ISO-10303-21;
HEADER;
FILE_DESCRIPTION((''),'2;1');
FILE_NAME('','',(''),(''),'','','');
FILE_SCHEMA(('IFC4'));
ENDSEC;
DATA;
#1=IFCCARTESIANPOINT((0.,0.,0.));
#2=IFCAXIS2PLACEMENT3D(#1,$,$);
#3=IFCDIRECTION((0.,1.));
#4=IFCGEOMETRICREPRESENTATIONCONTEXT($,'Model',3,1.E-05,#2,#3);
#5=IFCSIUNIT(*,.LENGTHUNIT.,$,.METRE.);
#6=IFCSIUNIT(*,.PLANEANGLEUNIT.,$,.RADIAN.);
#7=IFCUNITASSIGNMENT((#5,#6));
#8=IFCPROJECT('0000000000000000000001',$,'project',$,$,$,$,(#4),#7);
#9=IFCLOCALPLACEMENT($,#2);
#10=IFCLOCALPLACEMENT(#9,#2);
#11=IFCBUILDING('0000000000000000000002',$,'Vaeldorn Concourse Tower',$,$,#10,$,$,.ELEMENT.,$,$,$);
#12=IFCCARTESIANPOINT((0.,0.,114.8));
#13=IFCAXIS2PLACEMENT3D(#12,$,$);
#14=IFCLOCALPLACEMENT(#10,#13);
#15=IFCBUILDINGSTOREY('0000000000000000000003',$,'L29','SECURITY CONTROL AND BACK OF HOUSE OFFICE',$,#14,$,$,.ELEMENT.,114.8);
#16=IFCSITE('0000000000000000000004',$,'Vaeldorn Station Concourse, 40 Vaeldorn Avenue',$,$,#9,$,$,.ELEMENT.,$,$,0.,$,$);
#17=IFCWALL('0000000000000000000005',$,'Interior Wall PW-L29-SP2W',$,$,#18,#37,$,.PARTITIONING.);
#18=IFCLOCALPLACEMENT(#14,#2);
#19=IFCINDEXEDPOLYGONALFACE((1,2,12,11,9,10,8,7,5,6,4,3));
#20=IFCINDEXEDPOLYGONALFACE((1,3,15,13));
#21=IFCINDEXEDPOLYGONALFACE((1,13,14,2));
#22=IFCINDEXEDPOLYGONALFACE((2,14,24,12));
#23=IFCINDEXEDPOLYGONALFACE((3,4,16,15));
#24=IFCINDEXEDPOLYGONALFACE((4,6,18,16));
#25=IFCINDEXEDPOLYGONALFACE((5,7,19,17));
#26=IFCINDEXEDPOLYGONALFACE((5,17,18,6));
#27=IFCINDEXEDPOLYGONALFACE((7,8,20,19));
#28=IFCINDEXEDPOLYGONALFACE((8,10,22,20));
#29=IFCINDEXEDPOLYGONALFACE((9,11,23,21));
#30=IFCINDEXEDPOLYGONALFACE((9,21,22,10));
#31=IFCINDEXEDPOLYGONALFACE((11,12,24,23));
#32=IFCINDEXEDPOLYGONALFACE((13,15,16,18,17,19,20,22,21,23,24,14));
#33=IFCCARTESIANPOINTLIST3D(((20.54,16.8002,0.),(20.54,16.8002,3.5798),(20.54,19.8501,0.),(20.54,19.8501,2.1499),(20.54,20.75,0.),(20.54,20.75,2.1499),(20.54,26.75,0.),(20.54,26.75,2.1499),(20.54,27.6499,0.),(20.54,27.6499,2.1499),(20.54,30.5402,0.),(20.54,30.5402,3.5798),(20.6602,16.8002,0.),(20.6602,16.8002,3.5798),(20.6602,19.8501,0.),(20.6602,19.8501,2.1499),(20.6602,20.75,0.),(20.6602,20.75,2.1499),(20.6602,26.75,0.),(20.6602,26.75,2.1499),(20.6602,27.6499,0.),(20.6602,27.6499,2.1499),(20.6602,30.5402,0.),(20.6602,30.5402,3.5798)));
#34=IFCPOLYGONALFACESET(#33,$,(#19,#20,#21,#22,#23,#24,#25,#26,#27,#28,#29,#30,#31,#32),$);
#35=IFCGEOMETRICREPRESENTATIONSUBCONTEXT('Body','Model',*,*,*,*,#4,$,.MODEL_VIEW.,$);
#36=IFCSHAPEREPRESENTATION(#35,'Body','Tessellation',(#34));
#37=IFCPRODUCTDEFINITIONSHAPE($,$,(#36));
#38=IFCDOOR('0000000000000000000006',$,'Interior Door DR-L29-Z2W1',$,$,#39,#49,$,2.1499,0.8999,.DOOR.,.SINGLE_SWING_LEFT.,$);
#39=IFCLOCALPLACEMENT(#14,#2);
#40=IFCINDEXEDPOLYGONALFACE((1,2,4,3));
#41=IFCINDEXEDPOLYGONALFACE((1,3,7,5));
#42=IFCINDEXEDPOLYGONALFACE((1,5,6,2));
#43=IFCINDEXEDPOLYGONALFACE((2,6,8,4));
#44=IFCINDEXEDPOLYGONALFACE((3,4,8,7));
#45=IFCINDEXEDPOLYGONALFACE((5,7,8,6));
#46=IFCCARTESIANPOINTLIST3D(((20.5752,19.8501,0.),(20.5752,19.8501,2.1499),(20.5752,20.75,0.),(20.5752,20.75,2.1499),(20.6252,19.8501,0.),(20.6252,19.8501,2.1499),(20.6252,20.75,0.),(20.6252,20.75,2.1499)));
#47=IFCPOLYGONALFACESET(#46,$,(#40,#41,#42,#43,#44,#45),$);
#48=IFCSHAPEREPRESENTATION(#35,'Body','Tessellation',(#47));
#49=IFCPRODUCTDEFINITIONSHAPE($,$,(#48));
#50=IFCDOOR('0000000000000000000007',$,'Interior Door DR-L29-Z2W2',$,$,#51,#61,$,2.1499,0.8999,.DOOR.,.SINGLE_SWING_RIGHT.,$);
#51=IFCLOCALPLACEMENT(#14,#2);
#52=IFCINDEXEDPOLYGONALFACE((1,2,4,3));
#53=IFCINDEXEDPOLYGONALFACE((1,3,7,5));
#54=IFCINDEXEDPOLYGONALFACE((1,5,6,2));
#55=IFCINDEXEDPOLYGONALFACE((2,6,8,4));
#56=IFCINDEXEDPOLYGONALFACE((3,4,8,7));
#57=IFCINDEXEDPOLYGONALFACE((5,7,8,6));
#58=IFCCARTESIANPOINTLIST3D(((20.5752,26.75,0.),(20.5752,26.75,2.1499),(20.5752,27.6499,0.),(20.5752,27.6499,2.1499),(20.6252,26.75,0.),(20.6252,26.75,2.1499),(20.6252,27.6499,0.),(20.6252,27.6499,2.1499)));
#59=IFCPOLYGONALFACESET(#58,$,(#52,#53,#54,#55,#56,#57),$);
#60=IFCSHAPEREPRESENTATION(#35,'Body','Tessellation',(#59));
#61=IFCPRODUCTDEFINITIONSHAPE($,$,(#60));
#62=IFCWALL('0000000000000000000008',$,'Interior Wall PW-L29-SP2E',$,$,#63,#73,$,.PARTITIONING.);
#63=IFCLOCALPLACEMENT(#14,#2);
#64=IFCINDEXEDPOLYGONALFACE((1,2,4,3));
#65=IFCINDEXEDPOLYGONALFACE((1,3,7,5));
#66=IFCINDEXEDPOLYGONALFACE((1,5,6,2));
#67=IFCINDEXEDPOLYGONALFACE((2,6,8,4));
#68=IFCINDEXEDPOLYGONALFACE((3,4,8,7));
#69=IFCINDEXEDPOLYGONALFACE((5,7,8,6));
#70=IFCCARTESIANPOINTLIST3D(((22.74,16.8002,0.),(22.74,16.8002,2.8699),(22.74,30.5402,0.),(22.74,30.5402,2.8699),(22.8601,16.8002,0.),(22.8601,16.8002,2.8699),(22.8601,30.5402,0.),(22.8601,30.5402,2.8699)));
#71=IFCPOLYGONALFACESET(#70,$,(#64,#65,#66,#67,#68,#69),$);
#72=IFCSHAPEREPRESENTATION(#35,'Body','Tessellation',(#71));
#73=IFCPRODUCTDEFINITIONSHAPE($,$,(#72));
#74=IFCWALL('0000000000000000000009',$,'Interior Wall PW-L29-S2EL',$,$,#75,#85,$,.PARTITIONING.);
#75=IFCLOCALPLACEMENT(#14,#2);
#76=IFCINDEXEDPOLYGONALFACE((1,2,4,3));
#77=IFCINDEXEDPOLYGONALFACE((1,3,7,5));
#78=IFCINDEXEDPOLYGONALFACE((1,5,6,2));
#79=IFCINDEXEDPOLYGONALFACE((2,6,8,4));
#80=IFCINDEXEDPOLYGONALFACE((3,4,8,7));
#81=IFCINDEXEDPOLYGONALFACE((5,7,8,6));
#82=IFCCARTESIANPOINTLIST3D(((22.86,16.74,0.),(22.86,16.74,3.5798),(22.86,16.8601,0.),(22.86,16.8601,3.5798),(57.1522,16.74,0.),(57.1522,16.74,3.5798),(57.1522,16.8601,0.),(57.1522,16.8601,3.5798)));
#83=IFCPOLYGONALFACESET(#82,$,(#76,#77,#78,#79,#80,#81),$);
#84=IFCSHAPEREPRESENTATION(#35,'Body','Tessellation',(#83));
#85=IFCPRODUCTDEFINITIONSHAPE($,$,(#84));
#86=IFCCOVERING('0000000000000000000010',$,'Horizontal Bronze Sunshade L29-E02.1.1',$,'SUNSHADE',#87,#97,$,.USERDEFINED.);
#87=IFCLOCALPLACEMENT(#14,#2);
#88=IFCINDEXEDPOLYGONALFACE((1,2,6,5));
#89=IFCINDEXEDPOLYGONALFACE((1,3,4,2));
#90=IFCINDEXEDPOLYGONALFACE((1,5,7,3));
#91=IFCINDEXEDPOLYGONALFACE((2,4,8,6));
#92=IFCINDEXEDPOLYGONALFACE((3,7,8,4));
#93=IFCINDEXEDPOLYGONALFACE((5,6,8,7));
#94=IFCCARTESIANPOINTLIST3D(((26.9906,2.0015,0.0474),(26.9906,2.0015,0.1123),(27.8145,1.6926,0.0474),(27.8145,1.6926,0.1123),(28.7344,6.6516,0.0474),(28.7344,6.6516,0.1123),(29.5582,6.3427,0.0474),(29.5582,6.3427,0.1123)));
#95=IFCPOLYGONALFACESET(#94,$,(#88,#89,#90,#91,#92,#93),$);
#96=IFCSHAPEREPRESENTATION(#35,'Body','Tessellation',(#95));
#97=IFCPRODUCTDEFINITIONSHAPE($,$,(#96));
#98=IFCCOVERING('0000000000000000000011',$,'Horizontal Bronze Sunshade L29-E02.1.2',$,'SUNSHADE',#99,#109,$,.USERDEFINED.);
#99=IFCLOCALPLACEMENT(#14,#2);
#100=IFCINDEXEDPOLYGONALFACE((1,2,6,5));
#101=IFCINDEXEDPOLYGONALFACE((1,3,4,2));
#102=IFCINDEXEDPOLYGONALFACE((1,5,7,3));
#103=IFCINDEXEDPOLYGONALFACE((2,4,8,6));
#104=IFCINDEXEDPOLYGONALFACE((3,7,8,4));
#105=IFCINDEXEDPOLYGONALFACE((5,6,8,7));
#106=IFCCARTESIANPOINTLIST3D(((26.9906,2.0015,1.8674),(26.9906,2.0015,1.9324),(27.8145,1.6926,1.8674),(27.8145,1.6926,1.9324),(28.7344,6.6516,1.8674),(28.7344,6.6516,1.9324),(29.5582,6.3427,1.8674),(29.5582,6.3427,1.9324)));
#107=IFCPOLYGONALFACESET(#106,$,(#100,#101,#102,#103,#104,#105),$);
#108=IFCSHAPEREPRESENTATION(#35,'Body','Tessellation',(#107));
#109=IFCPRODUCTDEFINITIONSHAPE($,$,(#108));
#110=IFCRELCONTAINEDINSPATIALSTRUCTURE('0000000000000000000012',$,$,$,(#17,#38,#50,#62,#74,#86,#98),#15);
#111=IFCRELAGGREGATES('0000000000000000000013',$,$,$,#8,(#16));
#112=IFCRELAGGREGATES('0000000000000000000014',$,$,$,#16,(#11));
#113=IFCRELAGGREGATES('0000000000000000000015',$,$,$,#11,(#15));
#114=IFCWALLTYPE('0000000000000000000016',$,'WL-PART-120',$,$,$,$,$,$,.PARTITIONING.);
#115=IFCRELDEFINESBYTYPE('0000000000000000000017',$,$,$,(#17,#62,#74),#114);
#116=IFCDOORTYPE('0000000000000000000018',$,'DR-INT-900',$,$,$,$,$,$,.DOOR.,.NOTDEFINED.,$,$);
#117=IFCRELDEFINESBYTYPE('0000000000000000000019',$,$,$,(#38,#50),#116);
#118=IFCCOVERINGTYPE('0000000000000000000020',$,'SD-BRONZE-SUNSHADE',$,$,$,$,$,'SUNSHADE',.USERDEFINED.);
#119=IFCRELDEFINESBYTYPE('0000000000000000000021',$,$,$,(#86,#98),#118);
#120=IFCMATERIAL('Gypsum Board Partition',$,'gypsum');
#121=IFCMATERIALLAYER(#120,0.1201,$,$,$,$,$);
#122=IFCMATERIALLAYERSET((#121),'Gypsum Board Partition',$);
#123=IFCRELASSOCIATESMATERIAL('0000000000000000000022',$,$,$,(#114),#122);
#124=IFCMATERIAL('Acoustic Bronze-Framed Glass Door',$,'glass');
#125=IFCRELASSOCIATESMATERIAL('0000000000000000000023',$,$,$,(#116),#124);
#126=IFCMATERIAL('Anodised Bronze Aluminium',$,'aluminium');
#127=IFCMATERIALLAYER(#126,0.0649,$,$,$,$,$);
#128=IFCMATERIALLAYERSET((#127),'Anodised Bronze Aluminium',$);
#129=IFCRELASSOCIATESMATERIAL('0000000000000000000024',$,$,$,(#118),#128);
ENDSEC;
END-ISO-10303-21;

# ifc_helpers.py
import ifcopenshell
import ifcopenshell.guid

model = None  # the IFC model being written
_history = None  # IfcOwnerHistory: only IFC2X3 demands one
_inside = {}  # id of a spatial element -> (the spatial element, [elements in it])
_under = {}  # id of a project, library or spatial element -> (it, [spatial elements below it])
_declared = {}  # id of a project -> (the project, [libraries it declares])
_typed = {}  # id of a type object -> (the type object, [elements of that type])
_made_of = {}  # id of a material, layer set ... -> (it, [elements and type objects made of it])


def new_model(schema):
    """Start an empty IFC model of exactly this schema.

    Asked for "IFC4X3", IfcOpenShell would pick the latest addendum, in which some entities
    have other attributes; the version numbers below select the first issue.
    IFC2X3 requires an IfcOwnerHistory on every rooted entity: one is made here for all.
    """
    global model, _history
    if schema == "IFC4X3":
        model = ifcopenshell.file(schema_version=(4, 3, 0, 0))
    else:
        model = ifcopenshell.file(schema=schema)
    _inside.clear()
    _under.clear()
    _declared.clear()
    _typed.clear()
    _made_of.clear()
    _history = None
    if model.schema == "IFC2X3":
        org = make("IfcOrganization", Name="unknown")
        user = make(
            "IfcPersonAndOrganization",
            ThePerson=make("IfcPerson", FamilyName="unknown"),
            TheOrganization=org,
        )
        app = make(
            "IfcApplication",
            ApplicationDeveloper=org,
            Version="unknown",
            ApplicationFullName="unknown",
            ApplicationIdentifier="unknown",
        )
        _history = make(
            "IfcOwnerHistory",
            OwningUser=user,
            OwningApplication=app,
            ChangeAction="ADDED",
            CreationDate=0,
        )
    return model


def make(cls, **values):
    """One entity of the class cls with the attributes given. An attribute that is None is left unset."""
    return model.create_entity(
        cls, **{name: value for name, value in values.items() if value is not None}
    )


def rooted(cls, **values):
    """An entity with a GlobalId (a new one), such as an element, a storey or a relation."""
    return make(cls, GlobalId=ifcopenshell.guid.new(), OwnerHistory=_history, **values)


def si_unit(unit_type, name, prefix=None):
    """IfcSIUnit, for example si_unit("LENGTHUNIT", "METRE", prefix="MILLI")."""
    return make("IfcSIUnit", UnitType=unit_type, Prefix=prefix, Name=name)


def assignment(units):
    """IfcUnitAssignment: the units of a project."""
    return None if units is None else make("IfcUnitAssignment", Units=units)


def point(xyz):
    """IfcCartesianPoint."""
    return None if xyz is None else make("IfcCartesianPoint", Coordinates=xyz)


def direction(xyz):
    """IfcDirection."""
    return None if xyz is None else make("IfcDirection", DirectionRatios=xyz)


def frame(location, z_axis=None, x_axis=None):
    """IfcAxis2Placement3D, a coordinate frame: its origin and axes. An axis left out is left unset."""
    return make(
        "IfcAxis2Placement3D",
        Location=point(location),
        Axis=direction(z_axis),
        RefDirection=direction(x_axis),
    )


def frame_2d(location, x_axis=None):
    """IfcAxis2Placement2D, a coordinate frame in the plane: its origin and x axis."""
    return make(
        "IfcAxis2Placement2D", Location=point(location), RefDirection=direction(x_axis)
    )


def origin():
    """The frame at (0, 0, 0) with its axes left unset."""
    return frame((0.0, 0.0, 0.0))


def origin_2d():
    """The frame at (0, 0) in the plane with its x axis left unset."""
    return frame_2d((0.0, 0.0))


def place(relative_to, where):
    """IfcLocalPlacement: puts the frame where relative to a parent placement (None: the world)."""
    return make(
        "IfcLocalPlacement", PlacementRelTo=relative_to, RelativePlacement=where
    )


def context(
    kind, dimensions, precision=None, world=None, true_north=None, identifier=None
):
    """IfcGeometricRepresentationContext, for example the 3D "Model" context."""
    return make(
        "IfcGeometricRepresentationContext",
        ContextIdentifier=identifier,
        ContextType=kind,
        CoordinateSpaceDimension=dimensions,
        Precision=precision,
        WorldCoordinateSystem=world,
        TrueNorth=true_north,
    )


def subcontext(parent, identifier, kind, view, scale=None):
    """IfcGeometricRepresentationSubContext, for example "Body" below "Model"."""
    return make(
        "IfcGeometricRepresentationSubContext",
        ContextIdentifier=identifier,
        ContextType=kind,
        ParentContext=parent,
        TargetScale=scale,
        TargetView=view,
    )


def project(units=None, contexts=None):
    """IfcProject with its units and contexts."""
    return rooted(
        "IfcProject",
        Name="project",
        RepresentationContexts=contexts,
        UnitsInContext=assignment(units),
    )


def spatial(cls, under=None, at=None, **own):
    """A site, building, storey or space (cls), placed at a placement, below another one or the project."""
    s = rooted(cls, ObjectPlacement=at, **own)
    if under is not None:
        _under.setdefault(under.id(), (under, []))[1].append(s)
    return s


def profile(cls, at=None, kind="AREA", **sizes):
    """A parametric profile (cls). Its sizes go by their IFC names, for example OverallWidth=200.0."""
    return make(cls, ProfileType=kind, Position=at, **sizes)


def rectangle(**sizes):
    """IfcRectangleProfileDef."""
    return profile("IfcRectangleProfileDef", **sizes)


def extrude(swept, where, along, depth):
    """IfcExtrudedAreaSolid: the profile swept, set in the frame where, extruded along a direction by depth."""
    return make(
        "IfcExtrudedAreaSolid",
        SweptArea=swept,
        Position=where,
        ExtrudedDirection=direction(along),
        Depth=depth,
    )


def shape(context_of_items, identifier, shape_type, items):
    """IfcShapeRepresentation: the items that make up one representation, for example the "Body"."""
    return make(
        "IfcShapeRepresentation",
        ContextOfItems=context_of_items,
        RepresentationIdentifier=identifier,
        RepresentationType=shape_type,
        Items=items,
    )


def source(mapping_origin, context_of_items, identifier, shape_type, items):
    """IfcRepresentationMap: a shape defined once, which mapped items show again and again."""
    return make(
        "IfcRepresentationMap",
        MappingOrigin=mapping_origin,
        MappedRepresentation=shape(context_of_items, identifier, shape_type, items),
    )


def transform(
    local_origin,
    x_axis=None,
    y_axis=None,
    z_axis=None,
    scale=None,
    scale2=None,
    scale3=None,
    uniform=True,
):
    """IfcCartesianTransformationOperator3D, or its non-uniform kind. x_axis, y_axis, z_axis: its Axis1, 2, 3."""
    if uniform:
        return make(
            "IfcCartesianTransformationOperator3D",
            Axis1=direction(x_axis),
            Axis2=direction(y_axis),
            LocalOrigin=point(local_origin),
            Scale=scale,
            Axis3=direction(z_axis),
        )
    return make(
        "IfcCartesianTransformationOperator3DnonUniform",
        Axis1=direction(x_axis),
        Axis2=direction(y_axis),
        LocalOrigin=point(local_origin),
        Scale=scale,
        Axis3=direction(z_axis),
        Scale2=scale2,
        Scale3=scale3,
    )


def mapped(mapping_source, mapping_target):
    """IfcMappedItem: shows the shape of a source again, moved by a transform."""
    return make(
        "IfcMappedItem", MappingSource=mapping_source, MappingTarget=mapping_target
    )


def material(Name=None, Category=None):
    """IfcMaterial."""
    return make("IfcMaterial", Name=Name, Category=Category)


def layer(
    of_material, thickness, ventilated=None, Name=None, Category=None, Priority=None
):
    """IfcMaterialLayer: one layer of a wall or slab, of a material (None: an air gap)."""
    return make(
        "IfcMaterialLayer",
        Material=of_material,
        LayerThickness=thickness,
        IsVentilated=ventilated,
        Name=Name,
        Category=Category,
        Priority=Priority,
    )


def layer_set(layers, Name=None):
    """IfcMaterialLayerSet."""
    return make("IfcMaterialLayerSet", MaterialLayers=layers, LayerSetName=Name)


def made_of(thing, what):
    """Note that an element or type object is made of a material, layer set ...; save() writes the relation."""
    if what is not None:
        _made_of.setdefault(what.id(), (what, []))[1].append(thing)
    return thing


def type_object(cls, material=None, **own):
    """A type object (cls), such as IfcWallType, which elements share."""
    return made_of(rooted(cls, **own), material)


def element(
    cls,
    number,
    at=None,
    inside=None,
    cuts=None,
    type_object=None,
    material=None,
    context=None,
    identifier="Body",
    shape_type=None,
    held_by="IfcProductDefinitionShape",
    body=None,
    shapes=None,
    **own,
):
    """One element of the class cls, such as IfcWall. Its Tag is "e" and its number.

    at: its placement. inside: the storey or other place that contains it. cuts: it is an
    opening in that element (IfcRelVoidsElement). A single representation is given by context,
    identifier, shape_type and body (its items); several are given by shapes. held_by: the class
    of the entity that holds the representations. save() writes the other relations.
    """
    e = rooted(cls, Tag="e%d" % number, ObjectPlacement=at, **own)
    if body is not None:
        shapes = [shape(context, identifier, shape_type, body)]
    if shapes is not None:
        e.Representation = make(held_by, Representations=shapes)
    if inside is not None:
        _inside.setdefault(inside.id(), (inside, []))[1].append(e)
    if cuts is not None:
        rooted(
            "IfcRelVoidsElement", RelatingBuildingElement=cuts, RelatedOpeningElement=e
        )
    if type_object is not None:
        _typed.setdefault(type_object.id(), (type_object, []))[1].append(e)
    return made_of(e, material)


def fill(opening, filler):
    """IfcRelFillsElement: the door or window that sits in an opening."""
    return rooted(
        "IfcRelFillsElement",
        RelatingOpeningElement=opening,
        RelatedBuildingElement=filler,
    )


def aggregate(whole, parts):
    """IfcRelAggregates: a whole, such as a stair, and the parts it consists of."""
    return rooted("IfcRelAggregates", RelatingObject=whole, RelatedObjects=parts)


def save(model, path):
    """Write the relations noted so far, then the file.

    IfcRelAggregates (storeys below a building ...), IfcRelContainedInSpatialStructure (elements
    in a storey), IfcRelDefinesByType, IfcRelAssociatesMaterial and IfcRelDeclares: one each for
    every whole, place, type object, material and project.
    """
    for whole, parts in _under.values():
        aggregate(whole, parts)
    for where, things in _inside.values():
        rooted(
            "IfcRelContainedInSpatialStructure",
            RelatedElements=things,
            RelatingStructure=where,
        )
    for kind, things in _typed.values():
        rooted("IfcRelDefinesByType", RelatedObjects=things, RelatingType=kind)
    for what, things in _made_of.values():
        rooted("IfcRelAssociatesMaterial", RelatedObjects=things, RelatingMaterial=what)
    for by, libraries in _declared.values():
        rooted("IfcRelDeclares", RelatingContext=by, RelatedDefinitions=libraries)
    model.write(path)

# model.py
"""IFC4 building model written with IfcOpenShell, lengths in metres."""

from ifc_helpers import new_model, si_unit, direction, frame, frame_2d, origin, origin_2d, place, context, subcontext, project, spatial, rectangle, extrude, source, transform, mapped, material, layer, layer_set, type_object, element, fill, save


model = new_model("IFC4")

# Units and contexts
model_context = context("Model", 3, precision=1e-05, world=origin(), true_north=direction((0.0, 1.0)))
body_context = subcontext(model_context, "Body", "Model", "MODEL_VIEW")
ifc_project = project(units=[si_unit("LENGTHUNIT", "METRE"), si_unit("PLANEANGLEUNIT", "RADIAN")], contexts=[model_context])

# Site, building, storey
site_placement = place(None, origin())
site = spatial("IfcSite", under=ifc_project, at=site_placement, Name="Vaeldorn Station Concourse, 40 Vaeldorn Avenue", CompositionType="ELEMENT", RefElevation=0.0)
building_placement = place(site_placement, origin())
building = spatial("IfcBuilding", under=site, at=building_placement, Name="Vaeldorn Concourse Tower", CompositionType="ELEMENT")
storey_placement = place(building_placement, frame((0.0, 0.0, 114.8)))
storey = spatial("IfcBuildingStorey", under=building, at=storey_placement, Name="L29", Description="SECURITY CONTROL AND BACK OF HOUSE OFFICE", CompositionType="ELEMENT", Elevation=114.8)

# Shared definitions
ifc_material_1 = material(Name="Anodised Bronze Aluminium", Category="aluminium")

# Wall, openings, doors
ifc_material_2 = material(Name="Gypsum Board Partition", Category="gypsum")
ifc_layer_1 = layer(ifc_material_2, 0.1201)
ifc_layer_set_1 = layer_set([ifc_layer_1], Name="Gypsum Board Partition")
wall_type = type_object("IfcWallType", Name="WL-PART-120", PredefinedType="PARTITIONING", material=ifc_layer_set_1)
wall_1_placement = place(storey_placement, frame((20.6001, 16.8, 0.0), z_axis=(0.0, 0.0, 1.0), x_axis=(0.0, 1.0, 0.0)))
wall_1 = element("IfcWall", 1, at=wall_1_placement, inside=storey, type_object=wall_type, Name="Interior Wall PW-L29-SP2W", PredefinedType="PARTITIONING", context=body_context, shape_type="SweptSolid", body=[
    extrude(rectangle(XDim=13.74, YDim=0.1201, at=frame_2d((6.8701, 0.0))), origin(), (0.0, 0.0, 1.0), 3.5798),
])
opening_1_placement = place(wall_1_placement, frame((3.05, 0.0, 0.0)))
opening_1 = element("IfcOpeningElement", 2, at=opening_1_placement, cuts=wall_1, PredefinedType="OPENING", context=body_context, shape_type="SweptSolid", body=[
    extrude(rectangle(XDim=0.8999, YDim=2.1499, at=frame_2d((0.45, 1.075))), frame((0.0, 0.0701, 0.0), z_axis=(0.0, -1.0, 0.0), x_axis=(1.0, 0.0, 0.0)), (0.0, 0.0, 1.0), 0.1401),
])
opening_2_placement = place(wall_1_placement, frame((9.95, 0.0, 0.0)))
opening_2 = element("IfcOpeningElement", 3, at=opening_2_placement, cuts=wall_1, PredefinedType="OPENING", context=body_context, shape_type="SweptSolid", body=[
    extrude(rectangle(XDim=0.8999, YDim=2.1499, at=frame_2d((0.45, 1.075))), frame((0.0, 0.0701, 0.0), z_axis=(0.0, -1.0, 0.0), x_axis=(1.0, 0.0, 0.0)), (0.0, 0.0, 1.0), 0.1401),
])
ifc_material_3 = material(Name="Acoustic Bronze-Framed Glass Door", Category="glass")
door_type = type_object("IfcDoorType", Name="DR-INT-900", OperationType="NOTDEFINED", PredefinedType="DOOR", material=ifc_material_3)
shared_shape_1 = source(origin(), body_context, "Body", "SweptSolid", [
    extrude(rectangle(XDim=0.8999, YDim=2.1499, at=frame_2d((0.45, 1.075))), frame((0.0, 0.0249, 0.0), z_axis=(0.0, -1.0, 0.0), x_axis=(1.0, 0.0, 0.0)), (0.0, 0.0, 1.0), 0.05),
])
door_1_placement = place(opening_1_placement, origin())
door_1 = element("IfcDoor", 4, at=door_1_placement, inside=storey, type_object=door_type, Name="Interior Door DR-L29-Z2W1", OperationType="SINGLE_SWING_LEFT", OverallHeight=2.1499, OverallWidth=0.8999, PredefinedType="DOOR", context=body_context, shape_type="MappedRepresentation", body=[
    mapped(shared_shape_1, transform((0.0, 0.0, 0.0), scale=1.0)),
])
fill(opening_1, door_1)
door_2_placement = place(opening_2_placement, origin())
door_2 = element("IfcDoor", 5, at=door_2_placement, inside=storey, type_object=door_type, Name="Interior Door DR-L29-Z2W2", OperationType="SINGLE_SWING_RIGHT", OverallHeight=2.1499, OverallWidth=0.8999, PredefinedType="DOOR", context=body_context, shape_type="MappedRepresentation", body=[
    mapped(shared_shape_1, transform((0.0, 0.0, 0.0), scale=1.0)),
])
fill(opening_2, door_2)

# Wall
wall_2_placement = place(storey_placement, frame((22.8, 16.8, 0.0), z_axis=(0.0, 0.0, 1.0), x_axis=(0.0, 1.0, 0.0)))
element("IfcWall", 6, at=wall_2_placement, inside=storey, type_object=wall_type, Name="Interior Wall PW-L29-SP2E", PredefinedType="PARTITIONING", context=body_context, shape_type="SweptSolid", body=[
    extrude(rectangle(XDim=13.74, YDim=0.1201, at=frame_2d((6.8701, 0.0))), origin(), (0.0, 0.0, 1.0), 2.8699),
])

# Wall
wall_3_placement = place(storey_placement, frame((22.8601, 16.8, 0.0), z_axis=(0.0, 0.0, 1.0), x_axis=(1.0, 0.0, 0.0)))
element("IfcWall", 7, at=wall_3_placement, inside=storey, type_object=wall_type, Name="Interior Wall PW-L29-S2EL", PredefinedType="PARTITIONING", context=body_context, shape_type="SweptSolid", body=[
    extrude(rectangle(XDim=34.2922, YDim=0.1201, at=frame_2d((17.146, 0.0))), origin(), (0.0, 0.0, 1.0), 3.5798),
])

# Coverings
ifc_layer_2 = layer(ifc_material_1, 0.0649)
ifc_layer_set_2 = layer_set([ifc_layer_2], Name="Anodised Bronze Aluminium")
covering_type = type_object("IfcCoveringType", Name="SD-BRONZE-SUNSHADE", ElementType="SUNSHADE", PredefinedType="USERDEFINED", material=ifc_layer_set_2)
shared_shape_2 = source(origin(), body_context, "Body", "SweptSolid", [
    extrude(rectangle(XDim=4.9663, YDim=0.8799, at=origin_2d()), origin(), (0.0, 0.0, 1.0), 0.0649),
])
for number, where, z_axis, x_axis, name in (
    (8, (28.2744, 4.1721, 0.0474), (0.0, 0.0, 1.0), (0.351123, 0.936329, 0.0), "Horizontal Bronze Sunshade L29-E02.1.1"),
    (9, (28.2744, 4.1721, 1.8674), (0.0, 0.0, 1.0), (0.351123, 0.936329, 0.0), "Horizontal Bronze Sunshade L29-E02.1.2"),
):
    element("IfcCovering", number, at=place(storey_placement, frame(where, z_axis=z_axis, x_axis=x_axis)), inside=storey, type_object=covering_type, Name=name, ObjectType="SUNSHADE", PredefinedType="USERDEFINED", context=body_context, shape_type="MappedRepresentation", body=[
        mapped(shared_shape_2, transform((0.0, 0.0, 0.0), scale=1.0)),
    ])

save(model, "model.ifc")
